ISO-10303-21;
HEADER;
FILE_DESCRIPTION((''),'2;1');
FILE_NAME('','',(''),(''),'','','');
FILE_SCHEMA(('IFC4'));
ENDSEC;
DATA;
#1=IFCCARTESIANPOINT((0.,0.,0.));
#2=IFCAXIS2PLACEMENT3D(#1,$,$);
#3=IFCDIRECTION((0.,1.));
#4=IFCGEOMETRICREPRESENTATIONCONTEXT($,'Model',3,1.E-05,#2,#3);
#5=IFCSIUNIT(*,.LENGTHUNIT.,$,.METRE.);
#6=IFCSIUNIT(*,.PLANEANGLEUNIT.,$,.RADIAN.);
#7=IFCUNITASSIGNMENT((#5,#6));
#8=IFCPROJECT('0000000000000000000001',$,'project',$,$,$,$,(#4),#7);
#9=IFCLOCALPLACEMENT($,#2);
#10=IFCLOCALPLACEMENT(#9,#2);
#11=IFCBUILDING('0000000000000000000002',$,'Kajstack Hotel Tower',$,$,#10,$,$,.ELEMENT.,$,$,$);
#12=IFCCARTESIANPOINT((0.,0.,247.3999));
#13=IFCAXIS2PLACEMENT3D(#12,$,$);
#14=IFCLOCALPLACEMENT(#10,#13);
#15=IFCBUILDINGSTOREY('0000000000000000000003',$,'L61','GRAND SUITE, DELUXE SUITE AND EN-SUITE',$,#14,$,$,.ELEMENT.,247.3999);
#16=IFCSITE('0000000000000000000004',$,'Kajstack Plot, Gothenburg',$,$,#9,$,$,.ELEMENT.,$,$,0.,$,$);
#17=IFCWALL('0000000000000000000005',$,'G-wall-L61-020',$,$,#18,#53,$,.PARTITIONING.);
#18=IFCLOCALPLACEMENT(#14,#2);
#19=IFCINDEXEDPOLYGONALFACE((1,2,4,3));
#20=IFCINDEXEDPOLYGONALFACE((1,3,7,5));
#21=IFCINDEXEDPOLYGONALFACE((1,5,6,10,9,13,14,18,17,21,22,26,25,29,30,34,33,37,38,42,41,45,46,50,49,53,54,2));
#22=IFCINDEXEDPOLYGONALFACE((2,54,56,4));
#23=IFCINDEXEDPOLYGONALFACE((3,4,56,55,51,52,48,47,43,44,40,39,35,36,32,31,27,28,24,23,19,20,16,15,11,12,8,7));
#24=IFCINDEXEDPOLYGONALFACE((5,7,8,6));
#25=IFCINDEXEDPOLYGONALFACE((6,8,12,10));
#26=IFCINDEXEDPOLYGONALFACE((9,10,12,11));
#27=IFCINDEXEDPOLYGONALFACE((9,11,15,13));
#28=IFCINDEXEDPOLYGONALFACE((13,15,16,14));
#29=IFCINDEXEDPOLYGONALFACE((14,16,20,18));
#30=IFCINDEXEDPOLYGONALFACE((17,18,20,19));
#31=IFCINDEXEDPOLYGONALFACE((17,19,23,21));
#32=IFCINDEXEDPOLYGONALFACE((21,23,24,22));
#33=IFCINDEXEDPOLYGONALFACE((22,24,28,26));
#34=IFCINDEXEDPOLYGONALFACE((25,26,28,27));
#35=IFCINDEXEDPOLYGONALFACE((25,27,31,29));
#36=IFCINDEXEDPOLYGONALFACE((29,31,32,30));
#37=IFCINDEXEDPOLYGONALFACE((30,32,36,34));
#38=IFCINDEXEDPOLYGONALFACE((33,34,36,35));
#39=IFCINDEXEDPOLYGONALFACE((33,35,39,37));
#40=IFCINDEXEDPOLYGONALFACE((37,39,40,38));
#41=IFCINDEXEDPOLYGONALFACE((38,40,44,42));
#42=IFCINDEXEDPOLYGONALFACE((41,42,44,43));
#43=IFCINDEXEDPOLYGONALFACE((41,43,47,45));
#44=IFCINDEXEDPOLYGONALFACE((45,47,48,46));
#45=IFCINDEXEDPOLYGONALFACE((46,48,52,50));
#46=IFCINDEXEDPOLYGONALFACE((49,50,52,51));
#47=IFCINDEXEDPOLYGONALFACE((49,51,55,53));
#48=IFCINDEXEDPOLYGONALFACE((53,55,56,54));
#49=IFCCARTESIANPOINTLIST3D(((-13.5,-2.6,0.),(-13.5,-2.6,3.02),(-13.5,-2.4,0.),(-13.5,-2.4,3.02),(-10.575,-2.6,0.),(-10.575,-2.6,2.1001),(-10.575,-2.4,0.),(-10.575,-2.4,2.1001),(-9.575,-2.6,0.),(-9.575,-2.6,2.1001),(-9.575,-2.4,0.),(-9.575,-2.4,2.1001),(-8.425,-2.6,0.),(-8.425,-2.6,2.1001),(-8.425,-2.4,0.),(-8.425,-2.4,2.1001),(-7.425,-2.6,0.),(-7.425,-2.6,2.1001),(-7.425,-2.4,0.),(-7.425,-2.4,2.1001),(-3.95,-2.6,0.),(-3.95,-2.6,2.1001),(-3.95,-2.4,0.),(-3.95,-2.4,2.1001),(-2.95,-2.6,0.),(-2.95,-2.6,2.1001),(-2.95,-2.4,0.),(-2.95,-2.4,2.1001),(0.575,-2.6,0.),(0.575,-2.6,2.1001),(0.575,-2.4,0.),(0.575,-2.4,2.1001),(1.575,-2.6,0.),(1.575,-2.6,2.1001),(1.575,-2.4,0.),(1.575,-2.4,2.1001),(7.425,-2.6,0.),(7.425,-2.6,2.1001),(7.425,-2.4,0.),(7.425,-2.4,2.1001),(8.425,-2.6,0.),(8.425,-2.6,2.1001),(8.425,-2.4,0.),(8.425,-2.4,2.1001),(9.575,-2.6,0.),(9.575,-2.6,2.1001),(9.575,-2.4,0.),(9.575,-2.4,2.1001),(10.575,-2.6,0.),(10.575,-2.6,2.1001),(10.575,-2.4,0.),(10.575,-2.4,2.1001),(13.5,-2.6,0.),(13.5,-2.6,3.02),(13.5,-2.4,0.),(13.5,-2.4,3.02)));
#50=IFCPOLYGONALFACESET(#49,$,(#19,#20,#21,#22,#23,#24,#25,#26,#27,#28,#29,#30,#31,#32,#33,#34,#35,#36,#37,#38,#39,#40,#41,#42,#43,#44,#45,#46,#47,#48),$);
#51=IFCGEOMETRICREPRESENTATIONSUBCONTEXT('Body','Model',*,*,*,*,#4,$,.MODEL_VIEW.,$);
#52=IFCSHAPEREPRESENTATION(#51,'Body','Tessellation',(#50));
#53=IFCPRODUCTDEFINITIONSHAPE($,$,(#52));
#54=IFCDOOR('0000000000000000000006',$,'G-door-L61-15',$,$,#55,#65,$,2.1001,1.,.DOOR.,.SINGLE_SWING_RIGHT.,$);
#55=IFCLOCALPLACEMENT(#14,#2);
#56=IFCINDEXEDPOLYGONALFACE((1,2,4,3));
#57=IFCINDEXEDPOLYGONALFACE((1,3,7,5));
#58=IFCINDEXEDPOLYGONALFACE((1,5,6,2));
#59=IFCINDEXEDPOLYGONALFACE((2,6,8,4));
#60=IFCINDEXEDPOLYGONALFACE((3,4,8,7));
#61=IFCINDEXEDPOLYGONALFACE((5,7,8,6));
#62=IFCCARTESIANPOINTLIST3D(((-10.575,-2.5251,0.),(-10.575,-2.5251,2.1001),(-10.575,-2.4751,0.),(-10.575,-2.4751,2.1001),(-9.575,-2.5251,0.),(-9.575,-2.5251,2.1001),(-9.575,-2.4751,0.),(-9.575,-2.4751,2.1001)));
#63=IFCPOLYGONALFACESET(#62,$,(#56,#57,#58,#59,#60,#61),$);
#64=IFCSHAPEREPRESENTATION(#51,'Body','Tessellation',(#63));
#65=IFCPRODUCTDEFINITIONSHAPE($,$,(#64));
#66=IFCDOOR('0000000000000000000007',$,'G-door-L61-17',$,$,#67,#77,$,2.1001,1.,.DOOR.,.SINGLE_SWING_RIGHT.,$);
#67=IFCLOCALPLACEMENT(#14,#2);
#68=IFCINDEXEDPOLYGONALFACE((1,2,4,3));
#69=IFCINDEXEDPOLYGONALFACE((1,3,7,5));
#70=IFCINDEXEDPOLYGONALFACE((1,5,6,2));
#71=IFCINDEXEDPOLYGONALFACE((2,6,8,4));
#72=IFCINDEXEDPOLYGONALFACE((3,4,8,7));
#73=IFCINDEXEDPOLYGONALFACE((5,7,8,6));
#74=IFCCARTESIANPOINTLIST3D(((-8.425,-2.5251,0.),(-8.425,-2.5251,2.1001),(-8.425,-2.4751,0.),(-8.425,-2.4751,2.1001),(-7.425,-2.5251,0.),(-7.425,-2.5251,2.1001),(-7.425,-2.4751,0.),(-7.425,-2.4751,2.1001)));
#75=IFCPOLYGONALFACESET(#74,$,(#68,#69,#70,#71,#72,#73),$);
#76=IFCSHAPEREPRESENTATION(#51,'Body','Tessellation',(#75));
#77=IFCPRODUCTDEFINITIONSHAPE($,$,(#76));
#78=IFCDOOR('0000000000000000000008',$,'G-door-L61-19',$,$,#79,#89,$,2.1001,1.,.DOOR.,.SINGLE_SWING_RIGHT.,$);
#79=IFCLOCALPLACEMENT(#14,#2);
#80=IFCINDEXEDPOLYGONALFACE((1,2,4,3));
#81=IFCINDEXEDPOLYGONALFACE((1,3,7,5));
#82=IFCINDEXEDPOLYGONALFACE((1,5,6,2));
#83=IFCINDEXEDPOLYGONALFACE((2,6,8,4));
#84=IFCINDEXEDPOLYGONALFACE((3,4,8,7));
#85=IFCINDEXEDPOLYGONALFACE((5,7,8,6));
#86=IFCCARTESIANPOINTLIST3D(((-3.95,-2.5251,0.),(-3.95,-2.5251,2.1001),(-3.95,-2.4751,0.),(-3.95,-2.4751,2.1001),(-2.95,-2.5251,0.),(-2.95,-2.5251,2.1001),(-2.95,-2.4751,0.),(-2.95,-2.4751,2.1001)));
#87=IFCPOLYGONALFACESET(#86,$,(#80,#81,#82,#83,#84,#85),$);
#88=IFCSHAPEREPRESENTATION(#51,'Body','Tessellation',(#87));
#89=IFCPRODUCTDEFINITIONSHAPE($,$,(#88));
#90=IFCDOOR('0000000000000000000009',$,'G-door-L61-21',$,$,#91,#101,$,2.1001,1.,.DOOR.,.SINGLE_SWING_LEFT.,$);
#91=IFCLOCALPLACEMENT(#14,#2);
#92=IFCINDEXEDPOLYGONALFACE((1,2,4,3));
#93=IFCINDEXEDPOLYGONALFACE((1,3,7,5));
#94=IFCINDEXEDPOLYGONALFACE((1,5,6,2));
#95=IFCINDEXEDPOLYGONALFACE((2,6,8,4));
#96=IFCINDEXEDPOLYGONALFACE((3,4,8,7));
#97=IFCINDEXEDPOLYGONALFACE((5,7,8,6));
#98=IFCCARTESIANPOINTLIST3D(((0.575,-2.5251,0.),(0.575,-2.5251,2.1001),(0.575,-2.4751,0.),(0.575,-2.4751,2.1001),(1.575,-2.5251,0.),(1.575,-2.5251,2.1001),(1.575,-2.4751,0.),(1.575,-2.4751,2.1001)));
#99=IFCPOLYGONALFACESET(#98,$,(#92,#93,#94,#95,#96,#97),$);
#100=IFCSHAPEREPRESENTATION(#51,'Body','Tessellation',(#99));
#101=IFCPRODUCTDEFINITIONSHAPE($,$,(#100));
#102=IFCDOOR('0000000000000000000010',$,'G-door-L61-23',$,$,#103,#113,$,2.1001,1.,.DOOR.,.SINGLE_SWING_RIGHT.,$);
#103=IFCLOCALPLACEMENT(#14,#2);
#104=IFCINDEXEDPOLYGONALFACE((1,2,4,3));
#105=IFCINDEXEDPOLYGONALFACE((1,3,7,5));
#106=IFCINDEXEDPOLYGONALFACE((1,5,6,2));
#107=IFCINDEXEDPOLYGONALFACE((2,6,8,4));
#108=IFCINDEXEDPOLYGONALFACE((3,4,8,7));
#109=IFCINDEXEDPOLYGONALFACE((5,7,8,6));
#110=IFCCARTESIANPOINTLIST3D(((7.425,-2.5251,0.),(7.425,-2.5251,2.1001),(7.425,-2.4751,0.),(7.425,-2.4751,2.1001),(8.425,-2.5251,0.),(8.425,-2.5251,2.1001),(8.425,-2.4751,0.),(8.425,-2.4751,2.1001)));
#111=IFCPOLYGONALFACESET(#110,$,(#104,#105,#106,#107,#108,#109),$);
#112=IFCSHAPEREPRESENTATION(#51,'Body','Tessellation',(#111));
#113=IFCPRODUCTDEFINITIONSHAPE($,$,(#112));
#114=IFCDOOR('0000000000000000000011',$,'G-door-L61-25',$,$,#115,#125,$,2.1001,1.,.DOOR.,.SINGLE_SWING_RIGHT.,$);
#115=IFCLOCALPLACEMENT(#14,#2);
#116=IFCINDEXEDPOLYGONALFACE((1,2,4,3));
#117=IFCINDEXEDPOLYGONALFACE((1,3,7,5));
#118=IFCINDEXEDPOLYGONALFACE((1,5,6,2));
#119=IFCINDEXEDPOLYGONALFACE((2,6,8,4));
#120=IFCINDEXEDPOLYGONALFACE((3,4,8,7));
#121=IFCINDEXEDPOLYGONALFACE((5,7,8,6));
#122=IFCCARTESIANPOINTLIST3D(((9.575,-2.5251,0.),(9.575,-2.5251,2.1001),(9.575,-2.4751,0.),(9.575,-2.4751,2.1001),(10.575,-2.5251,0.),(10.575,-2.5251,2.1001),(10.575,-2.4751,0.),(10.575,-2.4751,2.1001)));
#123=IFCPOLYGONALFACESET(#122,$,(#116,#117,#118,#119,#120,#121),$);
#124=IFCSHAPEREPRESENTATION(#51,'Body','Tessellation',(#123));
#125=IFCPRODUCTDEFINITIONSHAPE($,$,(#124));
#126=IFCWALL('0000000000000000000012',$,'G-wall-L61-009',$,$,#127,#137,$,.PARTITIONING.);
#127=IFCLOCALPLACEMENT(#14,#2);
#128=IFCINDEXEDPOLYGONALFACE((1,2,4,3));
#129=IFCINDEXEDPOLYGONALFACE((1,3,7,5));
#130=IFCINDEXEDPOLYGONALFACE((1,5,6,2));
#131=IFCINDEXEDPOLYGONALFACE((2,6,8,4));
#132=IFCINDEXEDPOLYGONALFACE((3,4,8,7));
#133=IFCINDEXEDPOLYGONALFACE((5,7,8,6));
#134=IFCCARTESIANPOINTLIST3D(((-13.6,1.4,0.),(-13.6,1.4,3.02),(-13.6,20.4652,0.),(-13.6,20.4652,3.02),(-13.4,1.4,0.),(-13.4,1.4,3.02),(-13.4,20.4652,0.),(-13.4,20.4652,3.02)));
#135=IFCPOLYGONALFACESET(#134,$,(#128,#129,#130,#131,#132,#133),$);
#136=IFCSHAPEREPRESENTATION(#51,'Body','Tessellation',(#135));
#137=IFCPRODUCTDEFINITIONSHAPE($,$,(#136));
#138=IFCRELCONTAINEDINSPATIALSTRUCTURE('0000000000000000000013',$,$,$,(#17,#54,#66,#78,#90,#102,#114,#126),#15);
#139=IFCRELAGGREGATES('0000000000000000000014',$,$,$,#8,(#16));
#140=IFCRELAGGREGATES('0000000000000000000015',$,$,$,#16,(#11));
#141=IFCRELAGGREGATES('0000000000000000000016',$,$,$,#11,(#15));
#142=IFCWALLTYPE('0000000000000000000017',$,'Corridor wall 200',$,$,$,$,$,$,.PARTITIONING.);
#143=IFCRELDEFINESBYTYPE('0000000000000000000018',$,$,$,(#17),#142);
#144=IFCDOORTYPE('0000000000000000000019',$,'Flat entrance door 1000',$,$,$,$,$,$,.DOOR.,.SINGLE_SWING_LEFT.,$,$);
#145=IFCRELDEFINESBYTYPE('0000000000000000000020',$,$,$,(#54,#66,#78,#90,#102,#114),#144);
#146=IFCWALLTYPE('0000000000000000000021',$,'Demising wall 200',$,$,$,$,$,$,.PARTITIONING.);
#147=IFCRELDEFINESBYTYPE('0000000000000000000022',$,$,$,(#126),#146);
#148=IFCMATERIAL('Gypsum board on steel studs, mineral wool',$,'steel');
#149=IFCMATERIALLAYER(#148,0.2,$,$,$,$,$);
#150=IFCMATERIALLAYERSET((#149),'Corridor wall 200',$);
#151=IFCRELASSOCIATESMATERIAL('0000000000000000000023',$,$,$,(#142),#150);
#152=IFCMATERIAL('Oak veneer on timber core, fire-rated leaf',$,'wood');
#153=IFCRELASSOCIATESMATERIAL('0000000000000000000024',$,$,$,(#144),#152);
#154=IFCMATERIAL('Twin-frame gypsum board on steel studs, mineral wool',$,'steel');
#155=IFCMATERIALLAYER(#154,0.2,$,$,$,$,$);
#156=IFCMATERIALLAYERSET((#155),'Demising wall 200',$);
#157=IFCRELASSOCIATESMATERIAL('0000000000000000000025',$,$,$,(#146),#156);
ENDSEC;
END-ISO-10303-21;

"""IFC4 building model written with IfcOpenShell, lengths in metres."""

from ifc_helpers import new_model, si_unit, direction, frame, frame_2d, origin, place, context, subcontext, project, spatial, rectangle, extrude, material, layer, layer_set, type_object, element, fill, save


model = new_model("IFC4")

# Units and contexts
model_context = context("Model", 3, precision=1e-05, world=origin(), true_north=direction((0.0, 1.0)))
body_context = subcontext(model_context, "Body", "Model", "MODEL_VIEW")
ifc_project = project(units=[si_unit("LENGTHUNIT", "METRE"), si_unit("PLANEANGLEUNIT", "RADIAN")], contexts=[model_context])

# Site, building, storey
site_placement = place(None, origin())
site = spatial("IfcSite", under=ifc_project, at=site_placement, Name="Kajstack Plot, Gothenburg", CompositionType="ELEMENT", RefElevation=0.0)
building_placement = place(site_placement, origin())
building = spatial("IfcBuilding", under=site, at=building_placement, Name="Kajstack Hotel Tower", CompositionType="ELEMENT")
storey_placement = place(building_placement, frame((0.0, 0.0, 247.3999)))
storey = spatial("IfcBuildingStorey", under=building, at=storey_placement, Name="L61", Description="GRAND SUITE, DELUXE SUITE AND EN-SUITE", CompositionType="ELEMENT", Elevation=247.3999)

# Wall, openings, doors
ifc_material_1 = material(Name="Gypsum board on steel studs, mineral wool", Category="steel")
ifc_layer_1 = layer(ifc_material_1, 0.2)
ifc_layer_set_1 = layer_set([ifc_layer_1], Name="Corridor wall 200")
wall_type_1 = type_object("IfcWallType", Name="Corridor wall 200", PredefinedType="PARTITIONING", material=ifc_layer_set_1)
wall_1_placement = place(storey_placement, frame((-13.5, -2.5, 0.0), z_axis=(0.0, 0.0, 1.0), x_axis=(1.0, 0.0, 0.0)))
wall_1 = element("IfcWall", 1, at=wall_1_placement, inside=storey, type_object=wall_type_1, Name="G-wall-L61-020", PredefinedType="PARTITIONING", context=body_context, shape_type="SweptSolid", body=[
    extrude(rectangle(XDim=27.0, YDim=0.2, at=frame_2d((13.5, 0.0))), origin(), (0.0, 0.0, 1.0), 3.02),
])
opening_1_placement = place(wall_1_placement, frame((2.925, 0.0, 0.0)))
opening_1 = element("IfcOpeningElement", 2, at=opening_1_placement, cuts=wall_1, PredefinedType="OPENING", context=body_context, shape_type="SweptSolid", body=[
    extrude(rectangle(XDim=1.0, YDim=2.1001, at=frame_2d((0.5, 1.05))), frame((0.0, 0.1099, 0.0), z_axis=(0.0, -1.0, 0.0), x_axis=(1.0, 0.0, 0.0)), (0.0, 0.0, 1.0), 0.22),
])
opening_2_placement = place(wall_1_placement, frame((5.075, 0.0, 0.0)))
opening_2 = element("IfcOpeningElement", 3, at=opening_2_placement, cuts=wall_1, PredefinedType="OPENING", context=body_context, shape_type="SweptSolid", body=[
    extrude(rectangle(XDim=1.0, YDim=2.1001, at=frame_2d((0.5, 1.05))), frame((0.0, 0.1099, 0.0), z_axis=(0.0, -1.0, 0.0), x_axis=(1.0, 0.0, 0.0)), (0.0, 0.0, 1.0), 0.22),
])
opening_3_placement = place(wall_1_placement, frame((9.55, 0.0, 0.0)))
opening_3 = element("IfcOpeningElement", 4, at=opening_3_placement, cuts=wall_1, PredefinedType="OPENING", context=body_context, shape_type="SweptSolid", body=[
    extrude(rectangle(XDim=1.0, YDim=2.1001, at=frame_2d((0.5, 1.05))), frame((0.0, 0.1099, 0.0), z_axis=(0.0, -1.0, 0.0), x_axis=(1.0, 0.0, 0.0)), (0.0, 0.0, 1.0), 0.22),
])
opening_4_placement = place(wall_1_placement, frame((14.075, 0.0, 0.0)))
opening_4 = element("IfcOpeningElement", 5, at=opening_4_placement, cuts=wall_1, PredefinedType="OPENING", context=body_context, shape_type="SweptSolid", body=[
    extrude(rectangle(XDim=1.0, YDim=2.1001, at=frame_2d((0.5, 1.05))), frame((0.0, 0.1099, 0.0), z_axis=(0.0, -1.0, 0.0), x_axis=(1.0, 0.0, 0.0)), (0.0, 0.0, 1.0), 0.22),
])
opening_5_placement = place(wall_1_placement, frame((20.925, 0.0, 0.0)))
opening_5 = element("IfcOpeningElement", 6, at=opening_5_placement, cuts=wall_1, PredefinedType="OPENING", context=body_context, shape_type="SweptSolid", body=[
    extrude(rectangle(XDim=1.0, YDim=2.1001, at=frame_2d((0.5, 1.05))), frame((0.0, 0.1099, 0.0), z_axis=(0.0, -1.0, 0.0), x_axis=(1.0, 0.0, 0.0)), (0.0, 0.0, 1.0), 0.22),
])
opening_6_placement = place(wall_1_placement, frame((23.075, 0.0, 0.0)))
opening_6 = element("IfcOpeningElement", 7, at=opening_6_placement, cuts=wall_1, PredefinedType="OPENING", context=body_context, shape_type="SweptSolid", body=[
    extrude(rectangle(XDim=1.0, YDim=2.1001, at=frame_2d((0.5, 1.05))), frame((0.0, 0.1099, 0.0), z_axis=(0.0, -1.0, 0.0), x_axis=(1.0, 0.0, 0.0)), (0.0, 0.0, 1.0), 0.22),
])
ifc_material_2 = material(Name="Oak veneer on timber core, fire-rated leaf", Category="wood")
door_type_1 = type_object("IfcDoorType", Name="Flat entrance door 1000", OperationType="SINGLE_SWING_LEFT", PredefinedType="DOOR", material=ifc_material_2)
door_1_placement = place(opening_1_placement, origin())
door_1 = element("IfcDoor", 8, at=door_1_placement, inside=storey, type_object=door_type_1, Name="G-door-L61-15", OperationType="SINGLE_SWING_RIGHT", OverallHeight=2.1001, OverallWidth=1.0, PredefinedType="DOOR", context=body_context, shape_type="SweptSolid", body=[
    extrude(rectangle(XDim=1.0, YDim=2.1001, at=frame_2d((0.5, 1.05))), frame((0.0, 0.0249, 0.0), z_axis=(0.0, -1.0, 0.0), x_axis=(1.0, 0.0, 0.0)), (0.0, 0.0, 1.0), 0.05),
])
fill(opening_1, door_1)
door_2_placement = place(opening_2_placement, origin())
door_2 = element("IfcDoor", 9, at=door_2_placement, inside=storey, type_object=door_type_1, Name="G-door-L61-17", OperationType="SINGLE_SWING_RIGHT", OverallHeight=2.1001, OverallWidth=1.0, PredefinedType="DOOR", context=body_context, shape_type="SweptSolid", body=[
    extrude(rectangle(XDim=1.0, YDim=2.1001, at=frame_2d((0.5, 1.05))), frame((0.0, 0.0249, 0.0), z_axis=(0.0, -1.0, 0.0), x_axis=(1.0, 0.0, 0.0)), (0.0, 0.0, 1.0), 0.05),
])
fill(opening_2, door_2)
door_3_placement = place(opening_3_placement, origin())
door_3 = element("IfcDoor", 10, at=door_3_placement, inside=storey, type_object=door_type_1, Name="G-door-L61-19", OperationType="SINGLE_SWING_RIGHT", OverallHeight=2.1001, OverallWidth=1.0, PredefinedType="DOOR", context=body_context, shape_type="SweptSolid", body=[
    extrude(rectangle(XDim=1.0, YDim=2.1001, at=frame_2d((0.5, 1.05))), frame((0.0, 0.0249, 0.0), z_axis=(0.0, -1.0, 0.0), x_axis=(1.0, 0.0, 0.0)), (0.0, 0.0, 1.0), 0.05),
])
fill(opening_3, door_3)
door_4_placement = place(opening_4_placement, origin())
door_4 = element("IfcDoor", 11, at=door_4_placement, inside=storey, type_object=door_type_1, Name="G-door-L61-21", OperationType="SINGLE_SWING_LEFT", OverallHeight=2.1001, OverallWidth=1.0, PredefinedType="DOOR", context=body_context, shape_type="SweptSolid", body=[
    extrude(rectangle(XDim=1.0, YDim=2.1001, at=frame_2d((0.5, 1.05))), frame((0.0, 0.0249, 0.0), z_axis=(0.0, -1.0, 0.0), x_axis=(1.0, 0.0, 0.0)), (0.0, 0.0, 1.0), 0.05),
])
fill(opening_4, door_4)
door_5_placement = place(opening_5_placement, origin())
door_5 = element("IfcDoor", 12, at=door_5_placement, inside=storey, type_object=door_type_1, Name="G-door-L61-23", OperationType="SINGLE_SWING_RIGHT", OverallHeight=2.1001, OverallWidth=1.0, PredefinedType="DOOR", context=body_context, shape_type="SweptSolid", body=[
    extrude(rectangle(XDim=1.0, YDim=2.1001, at=frame_2d((0.5, 1.05))), frame((0.0, 0.0249, 0.0), z_axis=(0.0, -1.0, 0.0), x_axis=(1.0, 0.0, 0.0)), (0.0, 0.0, 1.0), 0.05),
])
fill(opening_5, door_5)
door_6_placement = place(opening_6_placement, origin())
door_6 = element("IfcDoor", 13, at=door_6_placement, inside=storey, type_object=door_type_1, Name="G-door-L61-25", OperationType="SINGLE_SWING_RIGHT", OverallHeight=2.1001, OverallWidth=1.0, PredefinedType="DOOR", context=body_context, shape_type="SweptSolid", body=[
    extrude(rectangle(XDim=1.0, YDim=2.1001, at=frame_2d((0.5, 1.05))), frame((0.0, 0.0249, 0.0), z_axis=(0.0, -1.0, 0.0), x_axis=(1.0, 0.0, 0.0)), (0.0, 0.0, 1.0), 0.05),
])
fill(opening_6, door_6)

# Wall
ifc_material_3 = material(Name="Twin-frame gypsum board on steel studs, mineral wool", Category="steel")
ifc_layer_2 = layer(ifc_material_3, 0.2)
ifc_layer_set_2 = layer_set([ifc_layer_2], Name="Demising wall 200")
wall_type_2 = type_object("IfcWallType", Name="Demising wall 200", PredefinedType="PARTITIONING", material=ifc_layer_set_2)
wall_2_placement = place(storey_placement, frame((-13.5, 1.3999, 0.0), z_axis=(0.0, 0.0, 1.0), x_axis=(0.0, 1.0, 0.0)))
element("IfcWall", 14, at=wall_2_placement, inside=storey, type_object=wall_type_2, Name="G-wall-L61-009", PredefinedType="PARTITIONING", context=body_context, shape_type="SweptSolid", body=[
    extrude(rectangle(XDim=19.0652, YDim=0.2, at=frame_2d((9.5327, 0.0))), origin(), (0.0, 0.0, 1.0), 3.02),
])

save(model, "model.ifc")
